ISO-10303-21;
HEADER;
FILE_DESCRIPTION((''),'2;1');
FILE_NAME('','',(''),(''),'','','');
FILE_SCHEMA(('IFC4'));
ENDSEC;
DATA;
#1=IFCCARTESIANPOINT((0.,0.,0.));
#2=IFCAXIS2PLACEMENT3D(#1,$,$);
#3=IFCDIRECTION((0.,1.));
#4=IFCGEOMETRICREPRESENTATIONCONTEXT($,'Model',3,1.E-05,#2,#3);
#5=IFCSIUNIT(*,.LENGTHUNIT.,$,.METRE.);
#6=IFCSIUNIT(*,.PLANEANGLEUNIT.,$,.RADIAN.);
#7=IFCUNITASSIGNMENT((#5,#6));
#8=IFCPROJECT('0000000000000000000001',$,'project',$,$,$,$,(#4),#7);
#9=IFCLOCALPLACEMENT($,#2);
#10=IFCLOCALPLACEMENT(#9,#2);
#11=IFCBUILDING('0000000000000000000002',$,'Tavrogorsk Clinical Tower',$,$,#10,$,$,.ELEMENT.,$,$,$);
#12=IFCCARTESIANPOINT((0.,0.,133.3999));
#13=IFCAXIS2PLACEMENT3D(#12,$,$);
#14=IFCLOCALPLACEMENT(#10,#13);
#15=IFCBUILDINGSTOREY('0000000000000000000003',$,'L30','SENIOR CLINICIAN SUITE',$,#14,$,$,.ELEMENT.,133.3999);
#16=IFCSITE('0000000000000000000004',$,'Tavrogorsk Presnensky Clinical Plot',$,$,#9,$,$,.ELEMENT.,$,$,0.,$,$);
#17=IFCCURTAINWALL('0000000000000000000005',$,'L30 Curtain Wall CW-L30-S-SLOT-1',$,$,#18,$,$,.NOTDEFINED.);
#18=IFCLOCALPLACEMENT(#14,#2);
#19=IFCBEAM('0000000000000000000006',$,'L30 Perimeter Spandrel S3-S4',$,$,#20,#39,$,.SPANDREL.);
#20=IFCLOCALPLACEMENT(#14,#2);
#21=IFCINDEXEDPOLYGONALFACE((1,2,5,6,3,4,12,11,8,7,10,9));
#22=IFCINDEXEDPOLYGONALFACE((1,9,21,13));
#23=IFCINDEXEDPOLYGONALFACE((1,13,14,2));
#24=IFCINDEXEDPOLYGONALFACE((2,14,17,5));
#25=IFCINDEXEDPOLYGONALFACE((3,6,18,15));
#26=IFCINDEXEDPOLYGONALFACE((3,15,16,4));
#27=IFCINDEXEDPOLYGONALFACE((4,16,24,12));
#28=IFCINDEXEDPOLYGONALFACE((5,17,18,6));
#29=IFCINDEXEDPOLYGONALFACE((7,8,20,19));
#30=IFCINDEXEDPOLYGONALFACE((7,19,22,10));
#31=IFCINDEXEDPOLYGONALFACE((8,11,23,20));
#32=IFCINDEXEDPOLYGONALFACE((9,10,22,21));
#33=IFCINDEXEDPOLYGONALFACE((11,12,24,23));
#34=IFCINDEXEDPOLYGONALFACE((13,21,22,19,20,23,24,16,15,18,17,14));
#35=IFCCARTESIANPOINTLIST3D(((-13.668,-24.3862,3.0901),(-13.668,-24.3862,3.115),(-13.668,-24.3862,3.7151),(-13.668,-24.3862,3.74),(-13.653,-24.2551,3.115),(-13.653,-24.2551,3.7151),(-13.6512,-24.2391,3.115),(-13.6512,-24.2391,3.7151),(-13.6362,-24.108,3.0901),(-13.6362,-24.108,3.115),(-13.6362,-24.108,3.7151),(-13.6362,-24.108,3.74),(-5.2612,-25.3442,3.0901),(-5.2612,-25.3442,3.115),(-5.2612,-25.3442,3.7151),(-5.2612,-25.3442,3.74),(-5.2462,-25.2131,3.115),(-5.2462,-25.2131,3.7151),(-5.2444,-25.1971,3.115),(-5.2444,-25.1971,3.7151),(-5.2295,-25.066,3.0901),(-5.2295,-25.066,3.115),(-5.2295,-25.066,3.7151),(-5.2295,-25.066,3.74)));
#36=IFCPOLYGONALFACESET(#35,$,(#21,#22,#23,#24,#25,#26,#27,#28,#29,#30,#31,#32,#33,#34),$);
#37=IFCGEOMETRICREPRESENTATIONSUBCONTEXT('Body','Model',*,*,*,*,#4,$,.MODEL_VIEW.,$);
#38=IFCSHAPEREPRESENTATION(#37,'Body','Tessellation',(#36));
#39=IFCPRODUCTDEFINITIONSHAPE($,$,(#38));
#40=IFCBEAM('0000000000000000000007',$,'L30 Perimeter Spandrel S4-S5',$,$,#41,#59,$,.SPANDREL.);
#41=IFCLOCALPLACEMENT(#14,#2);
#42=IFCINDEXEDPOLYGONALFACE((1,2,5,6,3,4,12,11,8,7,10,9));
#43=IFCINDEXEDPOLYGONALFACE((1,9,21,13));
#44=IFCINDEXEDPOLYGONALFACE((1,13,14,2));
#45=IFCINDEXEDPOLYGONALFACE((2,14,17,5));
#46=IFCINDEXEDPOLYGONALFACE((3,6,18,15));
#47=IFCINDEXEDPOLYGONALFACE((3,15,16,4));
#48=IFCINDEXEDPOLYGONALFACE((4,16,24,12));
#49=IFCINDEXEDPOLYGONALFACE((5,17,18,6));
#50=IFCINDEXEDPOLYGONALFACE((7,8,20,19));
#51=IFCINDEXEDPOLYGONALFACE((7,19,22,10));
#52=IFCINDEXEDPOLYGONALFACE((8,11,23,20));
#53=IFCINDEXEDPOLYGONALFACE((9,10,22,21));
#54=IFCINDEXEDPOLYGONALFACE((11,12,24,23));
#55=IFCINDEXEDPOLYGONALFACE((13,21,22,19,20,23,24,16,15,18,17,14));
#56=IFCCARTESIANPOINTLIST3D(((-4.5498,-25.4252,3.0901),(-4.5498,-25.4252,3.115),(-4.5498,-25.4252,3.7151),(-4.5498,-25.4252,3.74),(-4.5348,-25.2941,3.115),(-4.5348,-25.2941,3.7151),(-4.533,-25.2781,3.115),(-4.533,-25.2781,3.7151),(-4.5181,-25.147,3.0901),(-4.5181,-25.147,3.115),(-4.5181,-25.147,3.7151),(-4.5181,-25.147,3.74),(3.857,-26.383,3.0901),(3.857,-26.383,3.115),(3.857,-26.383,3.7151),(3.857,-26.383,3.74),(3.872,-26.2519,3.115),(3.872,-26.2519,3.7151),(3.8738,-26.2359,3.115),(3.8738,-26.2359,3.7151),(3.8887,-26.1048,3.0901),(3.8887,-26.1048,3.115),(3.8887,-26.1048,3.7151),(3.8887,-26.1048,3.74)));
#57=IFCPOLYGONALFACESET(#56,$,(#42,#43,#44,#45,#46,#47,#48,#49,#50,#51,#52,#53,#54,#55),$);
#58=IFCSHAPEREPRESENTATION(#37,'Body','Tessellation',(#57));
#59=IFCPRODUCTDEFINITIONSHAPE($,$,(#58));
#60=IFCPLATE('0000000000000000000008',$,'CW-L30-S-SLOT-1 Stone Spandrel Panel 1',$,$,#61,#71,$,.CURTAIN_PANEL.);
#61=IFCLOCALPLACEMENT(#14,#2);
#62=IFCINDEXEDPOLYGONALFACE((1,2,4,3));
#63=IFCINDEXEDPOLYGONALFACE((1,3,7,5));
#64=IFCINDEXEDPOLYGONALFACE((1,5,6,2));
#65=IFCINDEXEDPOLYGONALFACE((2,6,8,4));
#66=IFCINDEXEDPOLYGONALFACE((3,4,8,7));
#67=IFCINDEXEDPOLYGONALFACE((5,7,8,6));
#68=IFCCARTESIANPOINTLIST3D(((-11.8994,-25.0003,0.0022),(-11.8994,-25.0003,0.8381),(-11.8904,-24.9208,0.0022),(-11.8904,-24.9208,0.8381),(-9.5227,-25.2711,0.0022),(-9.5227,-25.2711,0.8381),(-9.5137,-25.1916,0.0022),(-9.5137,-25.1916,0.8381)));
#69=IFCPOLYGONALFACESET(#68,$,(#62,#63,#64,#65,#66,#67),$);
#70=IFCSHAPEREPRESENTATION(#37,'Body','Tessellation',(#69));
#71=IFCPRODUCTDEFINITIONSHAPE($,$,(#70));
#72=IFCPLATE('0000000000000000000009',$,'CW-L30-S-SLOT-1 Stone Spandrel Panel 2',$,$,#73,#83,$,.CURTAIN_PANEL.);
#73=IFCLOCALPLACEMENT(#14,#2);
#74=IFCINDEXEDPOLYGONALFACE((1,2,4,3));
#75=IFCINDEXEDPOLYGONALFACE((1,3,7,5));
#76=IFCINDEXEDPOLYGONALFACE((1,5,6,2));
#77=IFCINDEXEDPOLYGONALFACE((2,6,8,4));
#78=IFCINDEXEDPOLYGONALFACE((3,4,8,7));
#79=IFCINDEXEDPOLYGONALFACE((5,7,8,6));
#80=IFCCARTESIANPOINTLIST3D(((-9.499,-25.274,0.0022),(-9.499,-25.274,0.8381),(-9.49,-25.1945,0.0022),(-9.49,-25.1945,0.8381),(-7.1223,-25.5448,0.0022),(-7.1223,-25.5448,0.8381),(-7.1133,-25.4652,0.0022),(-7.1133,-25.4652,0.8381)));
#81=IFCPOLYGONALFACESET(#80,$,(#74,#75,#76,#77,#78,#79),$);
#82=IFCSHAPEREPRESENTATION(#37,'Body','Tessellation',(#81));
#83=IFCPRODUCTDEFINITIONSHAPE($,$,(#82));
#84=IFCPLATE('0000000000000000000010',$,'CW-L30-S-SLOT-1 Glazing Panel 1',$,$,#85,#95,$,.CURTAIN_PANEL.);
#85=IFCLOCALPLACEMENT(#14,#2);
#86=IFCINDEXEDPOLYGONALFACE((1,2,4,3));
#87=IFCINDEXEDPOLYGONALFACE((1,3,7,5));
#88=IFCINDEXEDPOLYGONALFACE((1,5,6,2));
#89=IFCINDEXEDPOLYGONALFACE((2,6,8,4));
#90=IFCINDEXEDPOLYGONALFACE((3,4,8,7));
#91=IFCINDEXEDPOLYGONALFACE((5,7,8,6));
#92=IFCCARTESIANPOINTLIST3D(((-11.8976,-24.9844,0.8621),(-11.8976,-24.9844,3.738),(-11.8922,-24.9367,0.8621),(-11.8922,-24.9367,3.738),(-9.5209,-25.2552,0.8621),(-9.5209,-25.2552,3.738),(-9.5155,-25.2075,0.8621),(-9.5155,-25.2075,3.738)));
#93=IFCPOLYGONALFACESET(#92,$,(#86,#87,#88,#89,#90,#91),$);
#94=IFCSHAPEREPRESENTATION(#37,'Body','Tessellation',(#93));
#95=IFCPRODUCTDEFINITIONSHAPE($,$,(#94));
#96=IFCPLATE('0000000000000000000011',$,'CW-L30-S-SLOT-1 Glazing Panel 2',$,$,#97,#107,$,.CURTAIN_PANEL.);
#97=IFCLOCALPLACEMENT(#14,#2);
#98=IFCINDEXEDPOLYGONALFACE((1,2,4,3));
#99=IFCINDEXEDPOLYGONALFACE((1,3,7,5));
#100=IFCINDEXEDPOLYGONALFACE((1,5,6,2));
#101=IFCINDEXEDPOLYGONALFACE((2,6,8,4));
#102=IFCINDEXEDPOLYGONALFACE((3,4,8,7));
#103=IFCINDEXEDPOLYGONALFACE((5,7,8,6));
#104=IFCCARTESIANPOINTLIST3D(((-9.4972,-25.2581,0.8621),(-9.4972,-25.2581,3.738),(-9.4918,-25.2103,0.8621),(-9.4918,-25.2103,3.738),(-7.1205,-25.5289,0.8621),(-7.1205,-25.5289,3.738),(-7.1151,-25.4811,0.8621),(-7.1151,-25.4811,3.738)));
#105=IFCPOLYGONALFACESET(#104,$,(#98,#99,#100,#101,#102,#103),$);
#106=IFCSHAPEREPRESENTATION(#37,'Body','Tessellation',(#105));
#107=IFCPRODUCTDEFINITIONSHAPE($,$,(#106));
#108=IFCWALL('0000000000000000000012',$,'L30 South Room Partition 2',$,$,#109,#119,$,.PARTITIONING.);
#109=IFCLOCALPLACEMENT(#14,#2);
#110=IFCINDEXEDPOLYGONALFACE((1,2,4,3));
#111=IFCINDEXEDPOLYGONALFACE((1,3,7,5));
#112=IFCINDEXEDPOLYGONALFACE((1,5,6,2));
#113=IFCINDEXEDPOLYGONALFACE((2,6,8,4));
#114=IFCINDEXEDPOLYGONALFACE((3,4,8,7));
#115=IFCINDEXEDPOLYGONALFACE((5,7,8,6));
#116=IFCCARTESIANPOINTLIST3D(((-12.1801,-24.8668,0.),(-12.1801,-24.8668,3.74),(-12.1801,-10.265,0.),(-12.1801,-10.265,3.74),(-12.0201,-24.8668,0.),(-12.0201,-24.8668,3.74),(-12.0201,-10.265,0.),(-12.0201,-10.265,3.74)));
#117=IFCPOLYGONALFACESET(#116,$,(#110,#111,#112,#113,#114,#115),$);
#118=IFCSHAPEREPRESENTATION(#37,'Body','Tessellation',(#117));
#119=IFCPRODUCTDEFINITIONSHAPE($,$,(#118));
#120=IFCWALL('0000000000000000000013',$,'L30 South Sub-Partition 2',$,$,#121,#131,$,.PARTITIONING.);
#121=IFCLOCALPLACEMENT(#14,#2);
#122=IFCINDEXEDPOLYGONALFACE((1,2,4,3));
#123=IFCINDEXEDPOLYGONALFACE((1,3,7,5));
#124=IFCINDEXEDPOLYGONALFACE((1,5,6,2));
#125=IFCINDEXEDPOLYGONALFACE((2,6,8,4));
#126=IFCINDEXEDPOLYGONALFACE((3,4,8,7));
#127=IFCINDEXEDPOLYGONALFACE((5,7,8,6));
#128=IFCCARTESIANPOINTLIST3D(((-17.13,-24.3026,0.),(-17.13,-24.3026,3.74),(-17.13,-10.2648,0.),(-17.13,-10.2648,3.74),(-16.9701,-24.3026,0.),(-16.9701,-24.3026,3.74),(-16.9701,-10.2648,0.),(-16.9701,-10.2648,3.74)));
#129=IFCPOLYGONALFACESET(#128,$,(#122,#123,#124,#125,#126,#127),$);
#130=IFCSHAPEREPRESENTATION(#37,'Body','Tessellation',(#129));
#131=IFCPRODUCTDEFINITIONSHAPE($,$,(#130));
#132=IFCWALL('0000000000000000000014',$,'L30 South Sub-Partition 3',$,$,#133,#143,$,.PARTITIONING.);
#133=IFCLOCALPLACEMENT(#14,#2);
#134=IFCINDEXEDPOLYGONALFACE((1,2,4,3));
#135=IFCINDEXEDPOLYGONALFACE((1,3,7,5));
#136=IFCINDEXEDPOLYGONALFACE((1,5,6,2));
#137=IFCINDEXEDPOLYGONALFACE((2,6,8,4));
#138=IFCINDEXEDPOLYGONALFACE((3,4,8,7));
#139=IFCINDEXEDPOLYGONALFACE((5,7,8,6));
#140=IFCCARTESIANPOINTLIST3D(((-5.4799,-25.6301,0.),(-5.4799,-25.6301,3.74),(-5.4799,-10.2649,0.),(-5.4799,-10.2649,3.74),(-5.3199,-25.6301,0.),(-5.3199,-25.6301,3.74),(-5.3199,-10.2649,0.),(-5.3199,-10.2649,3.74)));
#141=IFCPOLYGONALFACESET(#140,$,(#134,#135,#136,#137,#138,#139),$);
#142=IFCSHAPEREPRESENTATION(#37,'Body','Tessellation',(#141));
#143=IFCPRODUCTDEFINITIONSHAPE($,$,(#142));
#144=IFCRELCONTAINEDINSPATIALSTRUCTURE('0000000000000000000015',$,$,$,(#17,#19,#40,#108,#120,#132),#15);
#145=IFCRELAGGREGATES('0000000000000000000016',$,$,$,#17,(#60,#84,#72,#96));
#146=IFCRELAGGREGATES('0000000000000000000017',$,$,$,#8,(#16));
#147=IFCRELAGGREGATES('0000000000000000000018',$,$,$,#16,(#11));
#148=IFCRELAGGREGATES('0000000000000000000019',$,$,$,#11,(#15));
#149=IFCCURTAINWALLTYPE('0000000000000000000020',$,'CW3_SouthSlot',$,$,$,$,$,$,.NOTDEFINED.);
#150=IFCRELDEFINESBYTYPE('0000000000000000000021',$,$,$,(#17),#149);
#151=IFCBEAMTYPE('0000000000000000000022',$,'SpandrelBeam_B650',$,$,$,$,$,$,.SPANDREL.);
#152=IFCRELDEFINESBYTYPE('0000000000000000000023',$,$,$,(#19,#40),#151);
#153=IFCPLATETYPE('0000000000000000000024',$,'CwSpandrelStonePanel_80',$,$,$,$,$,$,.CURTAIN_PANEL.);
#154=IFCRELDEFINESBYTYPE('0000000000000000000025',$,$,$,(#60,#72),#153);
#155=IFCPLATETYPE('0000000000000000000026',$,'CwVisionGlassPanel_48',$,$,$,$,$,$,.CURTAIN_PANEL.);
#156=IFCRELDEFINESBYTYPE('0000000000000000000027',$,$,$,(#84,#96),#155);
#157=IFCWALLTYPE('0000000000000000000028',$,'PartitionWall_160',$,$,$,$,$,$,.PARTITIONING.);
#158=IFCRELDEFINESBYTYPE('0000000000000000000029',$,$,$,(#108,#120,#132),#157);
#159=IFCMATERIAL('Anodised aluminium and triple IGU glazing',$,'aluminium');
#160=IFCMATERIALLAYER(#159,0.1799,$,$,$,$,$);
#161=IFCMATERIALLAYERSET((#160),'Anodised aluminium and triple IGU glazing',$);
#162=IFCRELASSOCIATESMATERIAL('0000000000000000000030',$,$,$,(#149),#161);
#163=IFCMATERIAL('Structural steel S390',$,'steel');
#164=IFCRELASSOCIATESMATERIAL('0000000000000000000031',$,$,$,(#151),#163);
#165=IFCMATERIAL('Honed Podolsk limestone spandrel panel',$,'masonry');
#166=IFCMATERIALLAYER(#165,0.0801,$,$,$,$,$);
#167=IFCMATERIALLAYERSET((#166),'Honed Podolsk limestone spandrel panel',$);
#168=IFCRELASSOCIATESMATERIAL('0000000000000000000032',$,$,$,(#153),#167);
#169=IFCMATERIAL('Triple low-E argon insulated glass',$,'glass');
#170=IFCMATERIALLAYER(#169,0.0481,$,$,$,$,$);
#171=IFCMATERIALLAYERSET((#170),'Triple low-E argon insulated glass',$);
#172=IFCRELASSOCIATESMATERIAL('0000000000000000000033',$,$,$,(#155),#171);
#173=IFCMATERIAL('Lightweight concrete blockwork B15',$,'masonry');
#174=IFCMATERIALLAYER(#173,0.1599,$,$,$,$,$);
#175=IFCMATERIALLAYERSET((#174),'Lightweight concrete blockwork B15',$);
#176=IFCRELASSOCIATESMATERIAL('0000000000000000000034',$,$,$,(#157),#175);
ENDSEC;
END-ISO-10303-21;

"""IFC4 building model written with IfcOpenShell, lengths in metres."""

from ifc_helpers import new_model, si_unit, direction, frame, frame_2d, origin, origin_2d, place, context, subcontext, project, spatial, rectangle, i_section, extrude, material, layer, layer_set, material_profile, profile_set, type_object, element, aggregate, save


model = new_model("IFC4")

# Units and contexts
model_context = context("Model", 3, precision=1e-05, world=origin(), true_north=direction((0.0, 1.0)))
body_context = subcontext(model_context, "Body", "Model", "MODEL_VIEW")
ifc_project = project(units=[si_unit("LENGTHUNIT", "METRE"), si_unit("PLANEANGLEUNIT", "RADIAN")], contexts=[model_context])

# Site, building, storey
site_placement = place(None, origin())
site = spatial("IfcSite", under=ifc_project, at=site_placement, Name="Tavrogorsk Presnensky Clinical Plot", CompositionType="ELEMENT", RefElevation=0.0)
building_placement = place(site_placement, origin())
building = spatial("IfcBuilding", under=site, at=building_placement, Name="Tavrogorsk Clinical Tower", CompositionType="ELEMENT")
storey_placement = place(building_placement, frame((0.0, 0.0, 133.3999)))
storey = spatial("IfcBuildingStorey", under=building, at=storey_placement, Name="L30", Description="SENIOR CLINICIAN SUITE", CompositionType="ELEMENT", Elevation=133.3999)

# Curtain wall
ifc_material_1 = material(Name="Anodised aluminium and triple IGU glazing", Category="aluminium")
ifc_layer_1 = layer(ifc_material_1, 0.1799)
ifc_layer_set_1 = layer_set([ifc_layer_1], Name="Anodised aluminium and triple IGU glazing")
curtain_wall_type = type_object("IfcCurtainWallType", Name="CW3_SouthSlot", PredefinedType="NOTDEFINED", material=ifc_layer_set_1)
curtain_wall_placement = place(storey_placement, origin())
curtain_wall = element("IfcCurtainWall", 1, at=curtain_wall_placement, inside=storey, type_object=curtain_wall_type, Name="L30 Curtain Wall CW-L30-S-SLOT-1", PredefinedType="NOTDEFINED")

# Beams
ifc_material_2 = material(Name="Structural steel S390", Category="steel")
ifc_material_profile_1 = material_profile(ifc_material_2, i_section(OverallWidth=0.28, OverallDepth=0.6499, WebThickness=0.0161, FlangeThickness=0.0249, at=origin_2d()), Name="B-650x280x16x25")
ifc_profile_set_1 = profile_set([ifc_material_profile_1], Name="Structural steel S390")
beam_type = type_object("IfcBeamType", Name="SpandrelBeam_B650", PredefinedType="SPANDREL", material=ifc_profile_set_1)
for number, where, z_axis, x_axis, name in (
    (2, (-13.6521, -24.2471, 3.415), (0.993569, -0.113224, 0.0), (0.113224, 0.993569, 0.0), "L30 Perimeter Spandrel S3-S4"),
    (3, (-4.5339, -25.2861, 3.415), (0.993573, -0.113196, 0.0), (0.113196, 0.993573, 0.0), "L30 Perimeter Spandrel S4-S5"),
):
    element("IfcBeam", number, at=place(storey_placement, frame(where, z_axis=z_axis, x_axis=x_axis)), inside=storey, type_object=beam_type, Name=name, PredefinedType="SPANDREL", context=body_context, shape_type="SweptSolid", body=[
        extrude(i_section(OverallWidth=0.28, OverallDepth=0.6499, WebThickness=0.0161, FlangeThickness=0.0249, at=origin_2d()), origin(), (0.0, 0.0, 1.0), 8.4612),
    ])

# Plates
ifc_material_3 = material(Name="Honed Podolsk limestone spandrel panel", Category="masonry")
ifc_layer_2 = layer(ifc_material_3, 0.0801)
ifc_layer_set_2 = layer_set([ifc_layer_2], Name="Honed Podolsk limestone spandrel panel")
plate_type_1 = type_object("IfcPlateType", Name="CwSpandrelStonePanel_80", PredefinedType="CURTAIN_PANEL", material=ifc_layer_set_2)
plate_1_placement = place(storey_placement, frame((-10.7065, -25.0959, 0.0022), z_axis=(0.0, 0.0, 1.0), x_axis=(0.993572, -0.113203, 0.0)))
plate_1 = element("IfcPlate", 4, at=plate_1_placement, type_object=plate_type_1, Name="CW-L30-S-SLOT-1 Stone Spandrel Panel 1", PredefinedType="CURTAIN_PANEL", context=body_context, shape_type="SweptSolid", body=[
    extrude(rectangle(XDim=2.3921, YDim=0.0801, at=origin_2d()), origin(), (0.0, 0.0, 1.0), 0.8359),
])
plate_2_placement = place(storey_placement, frame((-8.3062, -25.3696, 0.0022), z_axis=(0.0, 0.0, 1.0), x_axis=(0.993572, -0.113203, 0.0)))
plate_2 = element("IfcPlate", 5, at=plate_2_placement, type_object=plate_type_1, Name="CW-L30-S-SLOT-1 Stone Spandrel Panel 2", PredefinedType="CURTAIN_PANEL", context=body_context, shape_type="SweptSolid", body=[
    extrude(rectangle(XDim=2.3921, YDim=0.0801, at=origin_2d()), origin(), (0.0, 0.0, 1.0), 0.8359),
])
ifc_material_4 = material(Name="Triple low-E argon insulated glass", Category="glass")
ifc_layer_3 = layer(ifc_material_4, 0.0481)
ifc_layer_set_3 = layer_set([ifc_layer_3], Name="Triple low-E argon insulated glass")
plate_type_2 = type_object("IfcPlateType", Name="CwVisionGlassPanel_48", PredefinedType="CURTAIN_PANEL", material=ifc_layer_set_3)
plate_3_placement = place(storey_placement, frame((-10.7065, -25.0959, 0.8621), z_axis=(0.0, 0.0, 1.0), x_axis=(0.993572, -0.113203, 0.0)))
plate_3 = element("IfcPlate", 6, at=plate_3_placement, type_object=plate_type_2, Name="CW-L30-S-SLOT-1 Glazing Panel 1", PredefinedType="CURTAIN_PANEL", context=body_context, shape_type="SweptSolid", body=[
    extrude(rectangle(XDim=2.3921, YDim=0.0481, at=origin_2d()), origin(), (0.0, 0.0, 1.0), 2.876),
])
plate_4_placement = place(storey_placement, frame((-8.3062, -25.3696, 0.8621), z_axis=(0.0, 0.0, 1.0), x_axis=(0.993572, -0.113203, 0.0)))
plate_4 = element("IfcPlate", 7, at=plate_4_placement, type_object=plate_type_2, Name="CW-L30-S-SLOT-1 Glazing Panel 2", PredefinedType="CURTAIN_PANEL", context=body_context, shape_type="SweptSolid", body=[
    extrude(rectangle(XDim=2.3921, YDim=0.0481, at=origin_2d()), origin(), (0.0, 0.0, 1.0), 2.876),
])
aggregate(curtain_wall, [plate_1, plate_3, plate_2, plate_4])

# Walls
ifc_material_5 = material(Name="Lightweight concrete blockwork B15", Category="masonry")
ifc_layer_4 = layer(ifc_material_5, 0.1599)
ifc_layer_set_4 = layer_set([ifc_layer_4], Name="Lightweight concrete blockwork B15")
wall_type_1 = type_object("IfcWallType", Name="PartitionWall_160", PredefinedType="PARTITIONING", material=ifc_layer_set_4)
wall_1_placement = place(storey_placement, frame((-12.1001, -24.8667, 0.0), z_axis=(0.0, 0.0, 1.0), x_axis=(0.0, 1.0, 0.0)))
element("IfcWall", 8, at=wall_1_placement, inside=storey, type_object=wall_type_1, Name="L30 South Room Partition 2", PredefinedType="PARTITIONING", context=body_context, shape_type="SweptSolid", body=[
    extrude(rectangle(XDim=14.6018, YDim=0.1599, at=frame_2d((7.3008, 0.0))), origin(), (0.0, 0.0, 1.0), 3.74),
])
wall_2_placement = place(storey_placement, frame((-17.05, -24.3027, 0.0), z_axis=(0.0, 0.0, 1.0), x_axis=(0.0, 1.0, 0.0)))
element("IfcWall", 9, at=wall_2_placement, inside=storey, type_object=wall_type_1, Name="L30 South Sub-Partition 2", PredefinedType="PARTITIONING", context=body_context, shape_type="SweptSolid", body=[
    extrude(rectangle(XDim=14.0378, YDim=0.1599, at=frame_2d((7.019, 0.0))), origin(), (0.0, 0.0, 1.0), 3.74),
])
wall_3_placement = place(storey_placement, frame((-5.3999, -25.6301, 0.0), z_axis=(0.0, 0.0, 1.0), x_axis=(0.0, 1.0, 0.0)))
element("IfcWall", 10, at=wall_3_placement, inside=storey, type_object=wall_type_1, Name="L30 South Sub-Partition 3", PredefinedType="PARTITIONING", context=body_context, shape_type="SweptSolid", body=[
    extrude(rectangle(XDim=15.3652, YDim=0.1599, at=frame_2d((7.6826, 0.0))), origin(), (0.0, 0.0, 1.0), 3.74),
])

save(model, "model.ifc")
